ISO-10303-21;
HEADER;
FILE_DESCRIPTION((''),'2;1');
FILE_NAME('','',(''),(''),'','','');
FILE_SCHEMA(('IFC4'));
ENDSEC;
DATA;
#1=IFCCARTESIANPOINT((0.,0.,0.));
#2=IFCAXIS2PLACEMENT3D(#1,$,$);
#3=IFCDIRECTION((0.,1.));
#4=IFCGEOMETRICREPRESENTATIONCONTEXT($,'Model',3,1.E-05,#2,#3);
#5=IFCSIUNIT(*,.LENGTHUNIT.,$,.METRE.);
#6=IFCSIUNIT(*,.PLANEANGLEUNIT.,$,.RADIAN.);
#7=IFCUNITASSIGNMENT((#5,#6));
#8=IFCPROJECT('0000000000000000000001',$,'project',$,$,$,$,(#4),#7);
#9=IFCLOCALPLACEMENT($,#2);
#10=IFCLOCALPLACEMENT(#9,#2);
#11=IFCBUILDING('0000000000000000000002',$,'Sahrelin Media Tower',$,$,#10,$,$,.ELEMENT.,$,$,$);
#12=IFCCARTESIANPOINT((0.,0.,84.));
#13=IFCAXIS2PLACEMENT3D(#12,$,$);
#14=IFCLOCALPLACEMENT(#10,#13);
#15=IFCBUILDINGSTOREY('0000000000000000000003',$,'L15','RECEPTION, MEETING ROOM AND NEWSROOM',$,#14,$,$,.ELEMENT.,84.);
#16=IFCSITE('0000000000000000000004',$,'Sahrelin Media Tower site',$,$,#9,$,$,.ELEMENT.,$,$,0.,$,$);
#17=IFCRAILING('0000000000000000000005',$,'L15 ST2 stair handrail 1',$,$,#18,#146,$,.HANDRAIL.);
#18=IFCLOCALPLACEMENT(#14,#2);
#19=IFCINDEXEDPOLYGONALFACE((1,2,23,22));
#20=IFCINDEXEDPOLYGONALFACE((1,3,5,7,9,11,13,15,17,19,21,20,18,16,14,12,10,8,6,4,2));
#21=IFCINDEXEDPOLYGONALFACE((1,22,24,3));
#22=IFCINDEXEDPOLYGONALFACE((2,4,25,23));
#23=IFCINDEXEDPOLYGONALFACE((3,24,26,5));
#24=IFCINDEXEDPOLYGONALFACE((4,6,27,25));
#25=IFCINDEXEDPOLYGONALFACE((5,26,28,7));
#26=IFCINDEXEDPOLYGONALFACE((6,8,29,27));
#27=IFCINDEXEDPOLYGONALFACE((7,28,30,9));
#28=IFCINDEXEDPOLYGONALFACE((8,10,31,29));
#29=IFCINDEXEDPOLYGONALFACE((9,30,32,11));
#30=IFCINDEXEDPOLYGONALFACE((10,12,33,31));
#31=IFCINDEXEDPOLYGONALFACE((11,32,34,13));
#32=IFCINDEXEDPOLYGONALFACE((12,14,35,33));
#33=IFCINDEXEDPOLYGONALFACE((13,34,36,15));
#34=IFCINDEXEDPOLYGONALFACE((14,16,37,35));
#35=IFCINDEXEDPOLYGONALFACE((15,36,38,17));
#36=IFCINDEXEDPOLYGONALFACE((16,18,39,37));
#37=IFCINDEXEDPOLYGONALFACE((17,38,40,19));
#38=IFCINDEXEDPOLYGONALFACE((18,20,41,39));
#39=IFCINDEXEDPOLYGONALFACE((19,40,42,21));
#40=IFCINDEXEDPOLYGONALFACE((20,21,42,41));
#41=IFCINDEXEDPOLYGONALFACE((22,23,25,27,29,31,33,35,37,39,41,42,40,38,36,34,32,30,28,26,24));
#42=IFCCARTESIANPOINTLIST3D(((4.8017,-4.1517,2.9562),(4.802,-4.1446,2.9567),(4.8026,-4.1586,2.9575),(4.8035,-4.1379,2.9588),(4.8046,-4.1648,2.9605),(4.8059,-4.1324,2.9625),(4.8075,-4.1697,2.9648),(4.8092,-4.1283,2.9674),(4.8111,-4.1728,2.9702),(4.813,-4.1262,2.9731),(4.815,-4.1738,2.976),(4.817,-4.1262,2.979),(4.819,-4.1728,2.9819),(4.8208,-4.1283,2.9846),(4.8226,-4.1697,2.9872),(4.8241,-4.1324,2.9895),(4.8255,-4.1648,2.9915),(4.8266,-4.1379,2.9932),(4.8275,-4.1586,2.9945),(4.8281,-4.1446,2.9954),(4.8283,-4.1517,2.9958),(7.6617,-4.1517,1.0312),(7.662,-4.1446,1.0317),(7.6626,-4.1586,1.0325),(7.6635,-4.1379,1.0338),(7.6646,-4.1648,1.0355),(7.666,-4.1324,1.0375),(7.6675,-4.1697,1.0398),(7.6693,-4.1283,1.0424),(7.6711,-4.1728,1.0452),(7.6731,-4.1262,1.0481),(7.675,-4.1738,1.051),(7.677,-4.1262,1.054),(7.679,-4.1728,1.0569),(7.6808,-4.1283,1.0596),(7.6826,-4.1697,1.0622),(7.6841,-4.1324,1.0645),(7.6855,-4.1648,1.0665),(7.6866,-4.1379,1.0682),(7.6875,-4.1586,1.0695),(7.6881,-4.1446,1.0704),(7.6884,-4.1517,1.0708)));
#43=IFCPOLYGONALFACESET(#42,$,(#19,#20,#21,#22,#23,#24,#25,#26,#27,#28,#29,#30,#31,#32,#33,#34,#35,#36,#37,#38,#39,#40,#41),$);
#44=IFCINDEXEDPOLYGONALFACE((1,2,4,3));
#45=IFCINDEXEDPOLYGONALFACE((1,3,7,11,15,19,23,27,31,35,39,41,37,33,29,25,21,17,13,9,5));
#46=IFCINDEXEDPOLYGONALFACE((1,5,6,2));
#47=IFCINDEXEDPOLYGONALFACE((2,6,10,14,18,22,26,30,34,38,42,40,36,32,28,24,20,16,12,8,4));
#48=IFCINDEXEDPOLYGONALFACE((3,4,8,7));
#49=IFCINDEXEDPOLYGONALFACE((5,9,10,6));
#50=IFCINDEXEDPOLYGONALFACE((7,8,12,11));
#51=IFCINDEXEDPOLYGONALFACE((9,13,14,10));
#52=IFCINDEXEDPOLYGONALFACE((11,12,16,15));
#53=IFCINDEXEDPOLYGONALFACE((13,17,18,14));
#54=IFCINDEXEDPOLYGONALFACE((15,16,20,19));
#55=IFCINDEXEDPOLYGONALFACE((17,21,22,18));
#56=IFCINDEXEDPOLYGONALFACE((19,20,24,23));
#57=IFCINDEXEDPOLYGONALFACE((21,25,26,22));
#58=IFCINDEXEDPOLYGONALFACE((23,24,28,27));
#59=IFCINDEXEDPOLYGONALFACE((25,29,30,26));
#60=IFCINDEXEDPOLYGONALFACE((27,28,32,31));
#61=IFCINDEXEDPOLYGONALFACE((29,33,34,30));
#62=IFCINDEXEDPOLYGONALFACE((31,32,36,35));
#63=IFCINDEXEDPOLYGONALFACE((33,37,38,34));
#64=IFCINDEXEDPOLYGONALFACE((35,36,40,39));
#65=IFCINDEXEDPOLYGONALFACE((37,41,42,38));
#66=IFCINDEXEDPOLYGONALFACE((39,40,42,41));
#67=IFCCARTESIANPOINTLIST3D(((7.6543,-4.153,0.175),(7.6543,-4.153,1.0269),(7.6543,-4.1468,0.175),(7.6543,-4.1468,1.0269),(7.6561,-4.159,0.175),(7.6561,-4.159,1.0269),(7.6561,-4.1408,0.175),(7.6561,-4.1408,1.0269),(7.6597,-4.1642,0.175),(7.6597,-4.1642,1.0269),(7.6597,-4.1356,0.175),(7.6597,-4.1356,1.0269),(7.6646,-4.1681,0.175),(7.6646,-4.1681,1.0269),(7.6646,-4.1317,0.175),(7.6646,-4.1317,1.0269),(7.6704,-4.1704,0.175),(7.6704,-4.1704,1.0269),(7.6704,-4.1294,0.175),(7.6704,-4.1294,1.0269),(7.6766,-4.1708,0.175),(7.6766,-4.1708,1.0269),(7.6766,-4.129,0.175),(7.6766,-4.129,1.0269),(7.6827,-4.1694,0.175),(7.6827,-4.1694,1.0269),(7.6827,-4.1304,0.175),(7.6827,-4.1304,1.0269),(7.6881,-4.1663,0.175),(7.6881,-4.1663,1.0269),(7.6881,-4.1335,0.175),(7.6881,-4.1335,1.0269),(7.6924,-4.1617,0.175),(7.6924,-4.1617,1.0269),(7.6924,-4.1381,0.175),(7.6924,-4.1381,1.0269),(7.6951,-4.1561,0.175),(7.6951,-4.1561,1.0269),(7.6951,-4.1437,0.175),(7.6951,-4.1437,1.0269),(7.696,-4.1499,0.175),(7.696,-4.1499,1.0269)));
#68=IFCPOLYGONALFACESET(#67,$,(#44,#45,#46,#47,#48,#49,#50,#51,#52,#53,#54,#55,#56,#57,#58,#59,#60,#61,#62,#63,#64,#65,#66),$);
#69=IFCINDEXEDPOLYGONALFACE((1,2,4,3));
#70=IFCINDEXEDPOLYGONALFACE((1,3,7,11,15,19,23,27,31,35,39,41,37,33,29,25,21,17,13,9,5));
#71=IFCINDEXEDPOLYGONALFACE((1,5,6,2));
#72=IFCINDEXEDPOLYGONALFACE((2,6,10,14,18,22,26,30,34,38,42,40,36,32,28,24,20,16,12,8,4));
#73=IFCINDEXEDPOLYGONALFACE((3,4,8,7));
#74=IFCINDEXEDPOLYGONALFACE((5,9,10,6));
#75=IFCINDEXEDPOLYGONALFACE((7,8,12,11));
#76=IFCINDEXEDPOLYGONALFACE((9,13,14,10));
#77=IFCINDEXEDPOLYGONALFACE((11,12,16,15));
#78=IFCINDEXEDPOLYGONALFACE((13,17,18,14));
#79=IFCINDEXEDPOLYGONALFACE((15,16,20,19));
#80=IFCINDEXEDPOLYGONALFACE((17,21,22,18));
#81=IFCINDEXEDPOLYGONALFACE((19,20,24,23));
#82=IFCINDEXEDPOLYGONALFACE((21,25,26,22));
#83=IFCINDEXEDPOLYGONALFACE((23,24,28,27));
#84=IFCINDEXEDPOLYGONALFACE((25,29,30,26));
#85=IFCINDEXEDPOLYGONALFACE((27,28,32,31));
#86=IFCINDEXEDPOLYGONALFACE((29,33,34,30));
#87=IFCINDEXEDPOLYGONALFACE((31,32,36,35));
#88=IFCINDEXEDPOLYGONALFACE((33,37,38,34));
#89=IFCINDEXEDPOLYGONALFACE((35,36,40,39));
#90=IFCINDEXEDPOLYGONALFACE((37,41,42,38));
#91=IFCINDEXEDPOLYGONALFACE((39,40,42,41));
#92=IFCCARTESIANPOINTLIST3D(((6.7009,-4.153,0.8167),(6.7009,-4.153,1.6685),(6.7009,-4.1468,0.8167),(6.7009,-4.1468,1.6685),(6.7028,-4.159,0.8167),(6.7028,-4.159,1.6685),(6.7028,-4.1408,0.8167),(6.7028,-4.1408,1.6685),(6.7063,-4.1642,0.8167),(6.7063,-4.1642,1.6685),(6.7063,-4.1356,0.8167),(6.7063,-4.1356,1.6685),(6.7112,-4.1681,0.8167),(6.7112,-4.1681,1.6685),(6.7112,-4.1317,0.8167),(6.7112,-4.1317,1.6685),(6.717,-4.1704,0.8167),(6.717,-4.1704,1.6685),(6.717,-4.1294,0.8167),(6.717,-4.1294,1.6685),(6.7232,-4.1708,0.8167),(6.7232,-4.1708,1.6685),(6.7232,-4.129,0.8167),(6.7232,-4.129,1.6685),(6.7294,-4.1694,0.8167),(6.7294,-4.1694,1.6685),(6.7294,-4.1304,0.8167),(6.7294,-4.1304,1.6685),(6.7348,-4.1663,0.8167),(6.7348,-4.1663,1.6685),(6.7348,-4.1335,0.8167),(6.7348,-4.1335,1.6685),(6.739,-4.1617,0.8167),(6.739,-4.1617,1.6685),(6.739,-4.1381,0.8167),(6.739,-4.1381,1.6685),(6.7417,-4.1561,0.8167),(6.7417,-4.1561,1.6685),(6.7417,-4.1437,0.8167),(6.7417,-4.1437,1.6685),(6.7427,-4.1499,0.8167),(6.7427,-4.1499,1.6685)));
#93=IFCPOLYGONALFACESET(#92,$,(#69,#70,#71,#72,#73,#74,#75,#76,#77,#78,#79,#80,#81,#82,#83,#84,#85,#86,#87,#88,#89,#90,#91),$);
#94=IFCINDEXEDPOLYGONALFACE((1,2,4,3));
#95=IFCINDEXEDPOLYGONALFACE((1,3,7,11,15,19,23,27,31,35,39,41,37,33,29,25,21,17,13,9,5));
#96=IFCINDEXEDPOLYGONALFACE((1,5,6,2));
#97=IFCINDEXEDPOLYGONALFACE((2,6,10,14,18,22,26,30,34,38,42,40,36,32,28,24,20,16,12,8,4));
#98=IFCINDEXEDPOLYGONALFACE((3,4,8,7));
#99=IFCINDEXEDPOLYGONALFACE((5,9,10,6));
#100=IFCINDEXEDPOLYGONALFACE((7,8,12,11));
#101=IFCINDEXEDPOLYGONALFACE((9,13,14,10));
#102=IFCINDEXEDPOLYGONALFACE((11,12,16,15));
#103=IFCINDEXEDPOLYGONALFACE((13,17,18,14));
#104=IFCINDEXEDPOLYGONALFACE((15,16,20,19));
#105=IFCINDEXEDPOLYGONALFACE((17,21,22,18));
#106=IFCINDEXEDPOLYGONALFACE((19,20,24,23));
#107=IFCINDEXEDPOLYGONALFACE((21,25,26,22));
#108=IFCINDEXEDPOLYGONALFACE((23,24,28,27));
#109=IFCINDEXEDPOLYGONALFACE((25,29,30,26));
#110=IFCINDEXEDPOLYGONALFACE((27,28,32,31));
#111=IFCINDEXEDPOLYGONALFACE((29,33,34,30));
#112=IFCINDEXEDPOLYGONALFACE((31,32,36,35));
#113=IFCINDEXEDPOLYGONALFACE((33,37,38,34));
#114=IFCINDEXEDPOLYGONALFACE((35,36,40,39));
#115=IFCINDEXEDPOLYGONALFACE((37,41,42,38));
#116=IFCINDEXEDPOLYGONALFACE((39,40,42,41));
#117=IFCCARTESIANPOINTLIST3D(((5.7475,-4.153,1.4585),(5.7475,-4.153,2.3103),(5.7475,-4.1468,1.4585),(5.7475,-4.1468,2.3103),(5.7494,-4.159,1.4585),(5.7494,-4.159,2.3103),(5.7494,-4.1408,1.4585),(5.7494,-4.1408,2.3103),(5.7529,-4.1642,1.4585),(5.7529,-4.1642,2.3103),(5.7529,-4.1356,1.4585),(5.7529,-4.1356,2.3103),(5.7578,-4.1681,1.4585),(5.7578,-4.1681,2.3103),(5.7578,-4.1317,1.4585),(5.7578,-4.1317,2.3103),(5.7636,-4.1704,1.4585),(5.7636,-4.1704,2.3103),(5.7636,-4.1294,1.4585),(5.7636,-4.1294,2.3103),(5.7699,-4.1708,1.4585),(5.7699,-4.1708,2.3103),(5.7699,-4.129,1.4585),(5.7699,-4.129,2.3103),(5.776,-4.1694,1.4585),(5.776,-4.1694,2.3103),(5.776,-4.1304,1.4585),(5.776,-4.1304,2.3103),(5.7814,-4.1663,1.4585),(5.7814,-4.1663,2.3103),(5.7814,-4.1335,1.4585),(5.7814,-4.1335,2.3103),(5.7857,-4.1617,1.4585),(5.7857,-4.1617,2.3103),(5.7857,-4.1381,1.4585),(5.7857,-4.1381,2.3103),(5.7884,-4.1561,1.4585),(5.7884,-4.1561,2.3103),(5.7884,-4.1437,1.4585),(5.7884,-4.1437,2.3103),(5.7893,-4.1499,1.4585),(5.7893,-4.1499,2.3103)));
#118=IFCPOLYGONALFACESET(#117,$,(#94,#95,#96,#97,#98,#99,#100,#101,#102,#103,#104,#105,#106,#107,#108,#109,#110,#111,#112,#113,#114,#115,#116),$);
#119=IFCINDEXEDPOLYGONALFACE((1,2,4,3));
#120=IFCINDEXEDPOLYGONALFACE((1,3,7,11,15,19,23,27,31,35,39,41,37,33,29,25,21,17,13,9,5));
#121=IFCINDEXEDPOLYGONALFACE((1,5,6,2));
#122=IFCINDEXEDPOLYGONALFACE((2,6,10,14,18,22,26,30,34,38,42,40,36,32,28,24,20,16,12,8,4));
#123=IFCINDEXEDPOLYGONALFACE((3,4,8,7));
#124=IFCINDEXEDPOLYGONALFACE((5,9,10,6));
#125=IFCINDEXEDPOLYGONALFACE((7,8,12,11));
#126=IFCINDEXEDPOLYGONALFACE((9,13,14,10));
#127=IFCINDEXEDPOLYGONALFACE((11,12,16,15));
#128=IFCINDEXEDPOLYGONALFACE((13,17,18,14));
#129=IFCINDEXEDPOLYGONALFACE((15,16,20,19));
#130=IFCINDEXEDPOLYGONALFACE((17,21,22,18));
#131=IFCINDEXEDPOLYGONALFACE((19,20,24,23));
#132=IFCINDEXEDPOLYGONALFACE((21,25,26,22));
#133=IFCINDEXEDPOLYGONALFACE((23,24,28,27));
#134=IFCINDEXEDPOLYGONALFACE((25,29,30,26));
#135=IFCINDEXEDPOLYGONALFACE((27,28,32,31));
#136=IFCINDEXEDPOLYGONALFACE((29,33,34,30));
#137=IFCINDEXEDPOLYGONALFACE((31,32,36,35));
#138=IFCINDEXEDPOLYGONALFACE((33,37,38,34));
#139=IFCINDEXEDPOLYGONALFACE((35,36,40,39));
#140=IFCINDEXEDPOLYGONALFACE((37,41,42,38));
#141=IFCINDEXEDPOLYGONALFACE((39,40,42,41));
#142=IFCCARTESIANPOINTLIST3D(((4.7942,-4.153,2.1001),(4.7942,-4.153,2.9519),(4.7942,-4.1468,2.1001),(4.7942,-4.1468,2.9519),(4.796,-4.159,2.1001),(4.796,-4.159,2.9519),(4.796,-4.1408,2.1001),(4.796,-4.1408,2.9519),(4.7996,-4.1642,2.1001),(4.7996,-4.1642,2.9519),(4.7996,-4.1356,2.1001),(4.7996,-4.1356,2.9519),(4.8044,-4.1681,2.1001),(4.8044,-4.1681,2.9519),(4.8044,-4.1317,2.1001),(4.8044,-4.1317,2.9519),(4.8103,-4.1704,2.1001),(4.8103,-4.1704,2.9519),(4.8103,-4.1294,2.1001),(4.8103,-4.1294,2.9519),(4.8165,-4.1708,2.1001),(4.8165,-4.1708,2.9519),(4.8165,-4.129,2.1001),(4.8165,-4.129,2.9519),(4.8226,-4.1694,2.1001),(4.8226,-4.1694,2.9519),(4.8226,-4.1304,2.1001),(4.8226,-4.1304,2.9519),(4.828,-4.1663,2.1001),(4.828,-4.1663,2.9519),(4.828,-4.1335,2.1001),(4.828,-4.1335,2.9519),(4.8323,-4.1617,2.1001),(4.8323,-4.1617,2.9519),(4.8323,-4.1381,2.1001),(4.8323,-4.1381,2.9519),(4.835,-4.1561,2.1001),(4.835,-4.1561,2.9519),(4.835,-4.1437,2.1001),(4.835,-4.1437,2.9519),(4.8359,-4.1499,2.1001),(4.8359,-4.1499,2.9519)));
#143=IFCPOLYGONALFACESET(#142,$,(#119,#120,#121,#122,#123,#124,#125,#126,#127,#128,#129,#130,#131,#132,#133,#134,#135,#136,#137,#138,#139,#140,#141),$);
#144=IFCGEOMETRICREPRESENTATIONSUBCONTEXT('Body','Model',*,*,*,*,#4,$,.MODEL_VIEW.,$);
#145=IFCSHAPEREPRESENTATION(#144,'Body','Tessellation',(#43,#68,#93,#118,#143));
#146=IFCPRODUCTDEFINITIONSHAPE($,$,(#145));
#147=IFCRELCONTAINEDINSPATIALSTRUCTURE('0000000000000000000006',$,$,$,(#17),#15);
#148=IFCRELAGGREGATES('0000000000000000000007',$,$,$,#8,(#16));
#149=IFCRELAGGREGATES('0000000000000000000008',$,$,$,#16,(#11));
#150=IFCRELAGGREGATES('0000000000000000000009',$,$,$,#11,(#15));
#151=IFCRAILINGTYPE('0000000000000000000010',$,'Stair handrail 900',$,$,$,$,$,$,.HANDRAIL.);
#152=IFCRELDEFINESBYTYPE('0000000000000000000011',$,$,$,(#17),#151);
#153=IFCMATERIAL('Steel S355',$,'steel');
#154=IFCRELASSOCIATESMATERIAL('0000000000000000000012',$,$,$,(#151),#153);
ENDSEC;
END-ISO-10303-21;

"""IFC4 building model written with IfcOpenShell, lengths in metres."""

from ifc_helpers import new_model, si_unit, direction, frame, origin, origin_2d, place, context, subcontext, project, spatial, circle, extrude, material, type_object, element, save


model = new_model("IFC4")

# Units and contexts
model_context = context("Model", 3, precision=1e-05, world=origin(), true_north=direction((0.0, 1.0)))
body_context = subcontext(model_context, "Body", "Model", "MODEL_VIEW")
ifc_project = project(units=[si_unit("LENGTHUNIT", "METRE"), si_unit("PLANEANGLEUNIT", "RADIAN")], contexts=[model_context])

# Site, building, storey
site_placement = place(None, origin())
site = spatial("IfcSite", under=ifc_project, at=site_placement, Name="Sahrelin Media Tower site", CompositionType="ELEMENT", RefElevation=0.0)
building_placement = place(site_placement, origin())
building = spatial("IfcBuilding", under=site, at=building_placement, Name="Sahrelin Media Tower", CompositionType="ELEMENT")
storey_placement = place(building_placement, frame((0.0, 0.0, 84.0)))
storey = spatial("IfcBuildingStorey", under=building, at=storey_placement, Name="L15", Description="RECEPTION, MEETING ROOM AND NEWSROOM", CompositionType="ELEMENT", Elevation=84.0)

# Shared definitions
ifc_material_1 = material(Name="Steel S355", Category="steel")

# Railing
railing_type_1 = type_object("IfcRailingType", Name="Stair handrail 900", PredefinedType="HANDRAIL", material=ifc_material_1)
railing_1_placement = place(storey_placement, frame((7.675, -4.1499, 0.175)))
element("IfcRailing", 1, at=railing_1_placement, inside=storey, type_object=railing_type_1, Name="L15 ST2 stair handrail 1", PredefinedType="HANDRAIL", context=body_context, shape_type="SweptSolid", body=[
    extrude(circle(Radius=0.0239, at=origin_2d()), frame((0.0, 0.0, 0.876), z_axis=(-0.829591, 0.0, 0.558372), x_axis=(0.0, -1.0, 0.0)), (0.0, 0.0, 1.0), 3.4475),
    extrude(circle(Radius=0.021, at=origin_2d()), origin(), (0.0, 0.0, 1.0), 0.8518),
    extrude(circle(Radius=0.021, at=origin_2d()), frame((-0.9534, 0.0, 0.6416)), (0.0, 0.0, 1.0), 0.8518),
    extrude(circle(Radius=0.021, at=origin_2d()), frame((-1.9067, 0.0, 1.2834)), (0.0, 0.0, 1.0), 0.8518),
    extrude(circle(Radius=0.021, at=origin_2d()), frame((-2.8601, 0.0, 1.925)), (0.0, 0.0, 1.0), 0.8518),
])

save(model, "model.ifc")
